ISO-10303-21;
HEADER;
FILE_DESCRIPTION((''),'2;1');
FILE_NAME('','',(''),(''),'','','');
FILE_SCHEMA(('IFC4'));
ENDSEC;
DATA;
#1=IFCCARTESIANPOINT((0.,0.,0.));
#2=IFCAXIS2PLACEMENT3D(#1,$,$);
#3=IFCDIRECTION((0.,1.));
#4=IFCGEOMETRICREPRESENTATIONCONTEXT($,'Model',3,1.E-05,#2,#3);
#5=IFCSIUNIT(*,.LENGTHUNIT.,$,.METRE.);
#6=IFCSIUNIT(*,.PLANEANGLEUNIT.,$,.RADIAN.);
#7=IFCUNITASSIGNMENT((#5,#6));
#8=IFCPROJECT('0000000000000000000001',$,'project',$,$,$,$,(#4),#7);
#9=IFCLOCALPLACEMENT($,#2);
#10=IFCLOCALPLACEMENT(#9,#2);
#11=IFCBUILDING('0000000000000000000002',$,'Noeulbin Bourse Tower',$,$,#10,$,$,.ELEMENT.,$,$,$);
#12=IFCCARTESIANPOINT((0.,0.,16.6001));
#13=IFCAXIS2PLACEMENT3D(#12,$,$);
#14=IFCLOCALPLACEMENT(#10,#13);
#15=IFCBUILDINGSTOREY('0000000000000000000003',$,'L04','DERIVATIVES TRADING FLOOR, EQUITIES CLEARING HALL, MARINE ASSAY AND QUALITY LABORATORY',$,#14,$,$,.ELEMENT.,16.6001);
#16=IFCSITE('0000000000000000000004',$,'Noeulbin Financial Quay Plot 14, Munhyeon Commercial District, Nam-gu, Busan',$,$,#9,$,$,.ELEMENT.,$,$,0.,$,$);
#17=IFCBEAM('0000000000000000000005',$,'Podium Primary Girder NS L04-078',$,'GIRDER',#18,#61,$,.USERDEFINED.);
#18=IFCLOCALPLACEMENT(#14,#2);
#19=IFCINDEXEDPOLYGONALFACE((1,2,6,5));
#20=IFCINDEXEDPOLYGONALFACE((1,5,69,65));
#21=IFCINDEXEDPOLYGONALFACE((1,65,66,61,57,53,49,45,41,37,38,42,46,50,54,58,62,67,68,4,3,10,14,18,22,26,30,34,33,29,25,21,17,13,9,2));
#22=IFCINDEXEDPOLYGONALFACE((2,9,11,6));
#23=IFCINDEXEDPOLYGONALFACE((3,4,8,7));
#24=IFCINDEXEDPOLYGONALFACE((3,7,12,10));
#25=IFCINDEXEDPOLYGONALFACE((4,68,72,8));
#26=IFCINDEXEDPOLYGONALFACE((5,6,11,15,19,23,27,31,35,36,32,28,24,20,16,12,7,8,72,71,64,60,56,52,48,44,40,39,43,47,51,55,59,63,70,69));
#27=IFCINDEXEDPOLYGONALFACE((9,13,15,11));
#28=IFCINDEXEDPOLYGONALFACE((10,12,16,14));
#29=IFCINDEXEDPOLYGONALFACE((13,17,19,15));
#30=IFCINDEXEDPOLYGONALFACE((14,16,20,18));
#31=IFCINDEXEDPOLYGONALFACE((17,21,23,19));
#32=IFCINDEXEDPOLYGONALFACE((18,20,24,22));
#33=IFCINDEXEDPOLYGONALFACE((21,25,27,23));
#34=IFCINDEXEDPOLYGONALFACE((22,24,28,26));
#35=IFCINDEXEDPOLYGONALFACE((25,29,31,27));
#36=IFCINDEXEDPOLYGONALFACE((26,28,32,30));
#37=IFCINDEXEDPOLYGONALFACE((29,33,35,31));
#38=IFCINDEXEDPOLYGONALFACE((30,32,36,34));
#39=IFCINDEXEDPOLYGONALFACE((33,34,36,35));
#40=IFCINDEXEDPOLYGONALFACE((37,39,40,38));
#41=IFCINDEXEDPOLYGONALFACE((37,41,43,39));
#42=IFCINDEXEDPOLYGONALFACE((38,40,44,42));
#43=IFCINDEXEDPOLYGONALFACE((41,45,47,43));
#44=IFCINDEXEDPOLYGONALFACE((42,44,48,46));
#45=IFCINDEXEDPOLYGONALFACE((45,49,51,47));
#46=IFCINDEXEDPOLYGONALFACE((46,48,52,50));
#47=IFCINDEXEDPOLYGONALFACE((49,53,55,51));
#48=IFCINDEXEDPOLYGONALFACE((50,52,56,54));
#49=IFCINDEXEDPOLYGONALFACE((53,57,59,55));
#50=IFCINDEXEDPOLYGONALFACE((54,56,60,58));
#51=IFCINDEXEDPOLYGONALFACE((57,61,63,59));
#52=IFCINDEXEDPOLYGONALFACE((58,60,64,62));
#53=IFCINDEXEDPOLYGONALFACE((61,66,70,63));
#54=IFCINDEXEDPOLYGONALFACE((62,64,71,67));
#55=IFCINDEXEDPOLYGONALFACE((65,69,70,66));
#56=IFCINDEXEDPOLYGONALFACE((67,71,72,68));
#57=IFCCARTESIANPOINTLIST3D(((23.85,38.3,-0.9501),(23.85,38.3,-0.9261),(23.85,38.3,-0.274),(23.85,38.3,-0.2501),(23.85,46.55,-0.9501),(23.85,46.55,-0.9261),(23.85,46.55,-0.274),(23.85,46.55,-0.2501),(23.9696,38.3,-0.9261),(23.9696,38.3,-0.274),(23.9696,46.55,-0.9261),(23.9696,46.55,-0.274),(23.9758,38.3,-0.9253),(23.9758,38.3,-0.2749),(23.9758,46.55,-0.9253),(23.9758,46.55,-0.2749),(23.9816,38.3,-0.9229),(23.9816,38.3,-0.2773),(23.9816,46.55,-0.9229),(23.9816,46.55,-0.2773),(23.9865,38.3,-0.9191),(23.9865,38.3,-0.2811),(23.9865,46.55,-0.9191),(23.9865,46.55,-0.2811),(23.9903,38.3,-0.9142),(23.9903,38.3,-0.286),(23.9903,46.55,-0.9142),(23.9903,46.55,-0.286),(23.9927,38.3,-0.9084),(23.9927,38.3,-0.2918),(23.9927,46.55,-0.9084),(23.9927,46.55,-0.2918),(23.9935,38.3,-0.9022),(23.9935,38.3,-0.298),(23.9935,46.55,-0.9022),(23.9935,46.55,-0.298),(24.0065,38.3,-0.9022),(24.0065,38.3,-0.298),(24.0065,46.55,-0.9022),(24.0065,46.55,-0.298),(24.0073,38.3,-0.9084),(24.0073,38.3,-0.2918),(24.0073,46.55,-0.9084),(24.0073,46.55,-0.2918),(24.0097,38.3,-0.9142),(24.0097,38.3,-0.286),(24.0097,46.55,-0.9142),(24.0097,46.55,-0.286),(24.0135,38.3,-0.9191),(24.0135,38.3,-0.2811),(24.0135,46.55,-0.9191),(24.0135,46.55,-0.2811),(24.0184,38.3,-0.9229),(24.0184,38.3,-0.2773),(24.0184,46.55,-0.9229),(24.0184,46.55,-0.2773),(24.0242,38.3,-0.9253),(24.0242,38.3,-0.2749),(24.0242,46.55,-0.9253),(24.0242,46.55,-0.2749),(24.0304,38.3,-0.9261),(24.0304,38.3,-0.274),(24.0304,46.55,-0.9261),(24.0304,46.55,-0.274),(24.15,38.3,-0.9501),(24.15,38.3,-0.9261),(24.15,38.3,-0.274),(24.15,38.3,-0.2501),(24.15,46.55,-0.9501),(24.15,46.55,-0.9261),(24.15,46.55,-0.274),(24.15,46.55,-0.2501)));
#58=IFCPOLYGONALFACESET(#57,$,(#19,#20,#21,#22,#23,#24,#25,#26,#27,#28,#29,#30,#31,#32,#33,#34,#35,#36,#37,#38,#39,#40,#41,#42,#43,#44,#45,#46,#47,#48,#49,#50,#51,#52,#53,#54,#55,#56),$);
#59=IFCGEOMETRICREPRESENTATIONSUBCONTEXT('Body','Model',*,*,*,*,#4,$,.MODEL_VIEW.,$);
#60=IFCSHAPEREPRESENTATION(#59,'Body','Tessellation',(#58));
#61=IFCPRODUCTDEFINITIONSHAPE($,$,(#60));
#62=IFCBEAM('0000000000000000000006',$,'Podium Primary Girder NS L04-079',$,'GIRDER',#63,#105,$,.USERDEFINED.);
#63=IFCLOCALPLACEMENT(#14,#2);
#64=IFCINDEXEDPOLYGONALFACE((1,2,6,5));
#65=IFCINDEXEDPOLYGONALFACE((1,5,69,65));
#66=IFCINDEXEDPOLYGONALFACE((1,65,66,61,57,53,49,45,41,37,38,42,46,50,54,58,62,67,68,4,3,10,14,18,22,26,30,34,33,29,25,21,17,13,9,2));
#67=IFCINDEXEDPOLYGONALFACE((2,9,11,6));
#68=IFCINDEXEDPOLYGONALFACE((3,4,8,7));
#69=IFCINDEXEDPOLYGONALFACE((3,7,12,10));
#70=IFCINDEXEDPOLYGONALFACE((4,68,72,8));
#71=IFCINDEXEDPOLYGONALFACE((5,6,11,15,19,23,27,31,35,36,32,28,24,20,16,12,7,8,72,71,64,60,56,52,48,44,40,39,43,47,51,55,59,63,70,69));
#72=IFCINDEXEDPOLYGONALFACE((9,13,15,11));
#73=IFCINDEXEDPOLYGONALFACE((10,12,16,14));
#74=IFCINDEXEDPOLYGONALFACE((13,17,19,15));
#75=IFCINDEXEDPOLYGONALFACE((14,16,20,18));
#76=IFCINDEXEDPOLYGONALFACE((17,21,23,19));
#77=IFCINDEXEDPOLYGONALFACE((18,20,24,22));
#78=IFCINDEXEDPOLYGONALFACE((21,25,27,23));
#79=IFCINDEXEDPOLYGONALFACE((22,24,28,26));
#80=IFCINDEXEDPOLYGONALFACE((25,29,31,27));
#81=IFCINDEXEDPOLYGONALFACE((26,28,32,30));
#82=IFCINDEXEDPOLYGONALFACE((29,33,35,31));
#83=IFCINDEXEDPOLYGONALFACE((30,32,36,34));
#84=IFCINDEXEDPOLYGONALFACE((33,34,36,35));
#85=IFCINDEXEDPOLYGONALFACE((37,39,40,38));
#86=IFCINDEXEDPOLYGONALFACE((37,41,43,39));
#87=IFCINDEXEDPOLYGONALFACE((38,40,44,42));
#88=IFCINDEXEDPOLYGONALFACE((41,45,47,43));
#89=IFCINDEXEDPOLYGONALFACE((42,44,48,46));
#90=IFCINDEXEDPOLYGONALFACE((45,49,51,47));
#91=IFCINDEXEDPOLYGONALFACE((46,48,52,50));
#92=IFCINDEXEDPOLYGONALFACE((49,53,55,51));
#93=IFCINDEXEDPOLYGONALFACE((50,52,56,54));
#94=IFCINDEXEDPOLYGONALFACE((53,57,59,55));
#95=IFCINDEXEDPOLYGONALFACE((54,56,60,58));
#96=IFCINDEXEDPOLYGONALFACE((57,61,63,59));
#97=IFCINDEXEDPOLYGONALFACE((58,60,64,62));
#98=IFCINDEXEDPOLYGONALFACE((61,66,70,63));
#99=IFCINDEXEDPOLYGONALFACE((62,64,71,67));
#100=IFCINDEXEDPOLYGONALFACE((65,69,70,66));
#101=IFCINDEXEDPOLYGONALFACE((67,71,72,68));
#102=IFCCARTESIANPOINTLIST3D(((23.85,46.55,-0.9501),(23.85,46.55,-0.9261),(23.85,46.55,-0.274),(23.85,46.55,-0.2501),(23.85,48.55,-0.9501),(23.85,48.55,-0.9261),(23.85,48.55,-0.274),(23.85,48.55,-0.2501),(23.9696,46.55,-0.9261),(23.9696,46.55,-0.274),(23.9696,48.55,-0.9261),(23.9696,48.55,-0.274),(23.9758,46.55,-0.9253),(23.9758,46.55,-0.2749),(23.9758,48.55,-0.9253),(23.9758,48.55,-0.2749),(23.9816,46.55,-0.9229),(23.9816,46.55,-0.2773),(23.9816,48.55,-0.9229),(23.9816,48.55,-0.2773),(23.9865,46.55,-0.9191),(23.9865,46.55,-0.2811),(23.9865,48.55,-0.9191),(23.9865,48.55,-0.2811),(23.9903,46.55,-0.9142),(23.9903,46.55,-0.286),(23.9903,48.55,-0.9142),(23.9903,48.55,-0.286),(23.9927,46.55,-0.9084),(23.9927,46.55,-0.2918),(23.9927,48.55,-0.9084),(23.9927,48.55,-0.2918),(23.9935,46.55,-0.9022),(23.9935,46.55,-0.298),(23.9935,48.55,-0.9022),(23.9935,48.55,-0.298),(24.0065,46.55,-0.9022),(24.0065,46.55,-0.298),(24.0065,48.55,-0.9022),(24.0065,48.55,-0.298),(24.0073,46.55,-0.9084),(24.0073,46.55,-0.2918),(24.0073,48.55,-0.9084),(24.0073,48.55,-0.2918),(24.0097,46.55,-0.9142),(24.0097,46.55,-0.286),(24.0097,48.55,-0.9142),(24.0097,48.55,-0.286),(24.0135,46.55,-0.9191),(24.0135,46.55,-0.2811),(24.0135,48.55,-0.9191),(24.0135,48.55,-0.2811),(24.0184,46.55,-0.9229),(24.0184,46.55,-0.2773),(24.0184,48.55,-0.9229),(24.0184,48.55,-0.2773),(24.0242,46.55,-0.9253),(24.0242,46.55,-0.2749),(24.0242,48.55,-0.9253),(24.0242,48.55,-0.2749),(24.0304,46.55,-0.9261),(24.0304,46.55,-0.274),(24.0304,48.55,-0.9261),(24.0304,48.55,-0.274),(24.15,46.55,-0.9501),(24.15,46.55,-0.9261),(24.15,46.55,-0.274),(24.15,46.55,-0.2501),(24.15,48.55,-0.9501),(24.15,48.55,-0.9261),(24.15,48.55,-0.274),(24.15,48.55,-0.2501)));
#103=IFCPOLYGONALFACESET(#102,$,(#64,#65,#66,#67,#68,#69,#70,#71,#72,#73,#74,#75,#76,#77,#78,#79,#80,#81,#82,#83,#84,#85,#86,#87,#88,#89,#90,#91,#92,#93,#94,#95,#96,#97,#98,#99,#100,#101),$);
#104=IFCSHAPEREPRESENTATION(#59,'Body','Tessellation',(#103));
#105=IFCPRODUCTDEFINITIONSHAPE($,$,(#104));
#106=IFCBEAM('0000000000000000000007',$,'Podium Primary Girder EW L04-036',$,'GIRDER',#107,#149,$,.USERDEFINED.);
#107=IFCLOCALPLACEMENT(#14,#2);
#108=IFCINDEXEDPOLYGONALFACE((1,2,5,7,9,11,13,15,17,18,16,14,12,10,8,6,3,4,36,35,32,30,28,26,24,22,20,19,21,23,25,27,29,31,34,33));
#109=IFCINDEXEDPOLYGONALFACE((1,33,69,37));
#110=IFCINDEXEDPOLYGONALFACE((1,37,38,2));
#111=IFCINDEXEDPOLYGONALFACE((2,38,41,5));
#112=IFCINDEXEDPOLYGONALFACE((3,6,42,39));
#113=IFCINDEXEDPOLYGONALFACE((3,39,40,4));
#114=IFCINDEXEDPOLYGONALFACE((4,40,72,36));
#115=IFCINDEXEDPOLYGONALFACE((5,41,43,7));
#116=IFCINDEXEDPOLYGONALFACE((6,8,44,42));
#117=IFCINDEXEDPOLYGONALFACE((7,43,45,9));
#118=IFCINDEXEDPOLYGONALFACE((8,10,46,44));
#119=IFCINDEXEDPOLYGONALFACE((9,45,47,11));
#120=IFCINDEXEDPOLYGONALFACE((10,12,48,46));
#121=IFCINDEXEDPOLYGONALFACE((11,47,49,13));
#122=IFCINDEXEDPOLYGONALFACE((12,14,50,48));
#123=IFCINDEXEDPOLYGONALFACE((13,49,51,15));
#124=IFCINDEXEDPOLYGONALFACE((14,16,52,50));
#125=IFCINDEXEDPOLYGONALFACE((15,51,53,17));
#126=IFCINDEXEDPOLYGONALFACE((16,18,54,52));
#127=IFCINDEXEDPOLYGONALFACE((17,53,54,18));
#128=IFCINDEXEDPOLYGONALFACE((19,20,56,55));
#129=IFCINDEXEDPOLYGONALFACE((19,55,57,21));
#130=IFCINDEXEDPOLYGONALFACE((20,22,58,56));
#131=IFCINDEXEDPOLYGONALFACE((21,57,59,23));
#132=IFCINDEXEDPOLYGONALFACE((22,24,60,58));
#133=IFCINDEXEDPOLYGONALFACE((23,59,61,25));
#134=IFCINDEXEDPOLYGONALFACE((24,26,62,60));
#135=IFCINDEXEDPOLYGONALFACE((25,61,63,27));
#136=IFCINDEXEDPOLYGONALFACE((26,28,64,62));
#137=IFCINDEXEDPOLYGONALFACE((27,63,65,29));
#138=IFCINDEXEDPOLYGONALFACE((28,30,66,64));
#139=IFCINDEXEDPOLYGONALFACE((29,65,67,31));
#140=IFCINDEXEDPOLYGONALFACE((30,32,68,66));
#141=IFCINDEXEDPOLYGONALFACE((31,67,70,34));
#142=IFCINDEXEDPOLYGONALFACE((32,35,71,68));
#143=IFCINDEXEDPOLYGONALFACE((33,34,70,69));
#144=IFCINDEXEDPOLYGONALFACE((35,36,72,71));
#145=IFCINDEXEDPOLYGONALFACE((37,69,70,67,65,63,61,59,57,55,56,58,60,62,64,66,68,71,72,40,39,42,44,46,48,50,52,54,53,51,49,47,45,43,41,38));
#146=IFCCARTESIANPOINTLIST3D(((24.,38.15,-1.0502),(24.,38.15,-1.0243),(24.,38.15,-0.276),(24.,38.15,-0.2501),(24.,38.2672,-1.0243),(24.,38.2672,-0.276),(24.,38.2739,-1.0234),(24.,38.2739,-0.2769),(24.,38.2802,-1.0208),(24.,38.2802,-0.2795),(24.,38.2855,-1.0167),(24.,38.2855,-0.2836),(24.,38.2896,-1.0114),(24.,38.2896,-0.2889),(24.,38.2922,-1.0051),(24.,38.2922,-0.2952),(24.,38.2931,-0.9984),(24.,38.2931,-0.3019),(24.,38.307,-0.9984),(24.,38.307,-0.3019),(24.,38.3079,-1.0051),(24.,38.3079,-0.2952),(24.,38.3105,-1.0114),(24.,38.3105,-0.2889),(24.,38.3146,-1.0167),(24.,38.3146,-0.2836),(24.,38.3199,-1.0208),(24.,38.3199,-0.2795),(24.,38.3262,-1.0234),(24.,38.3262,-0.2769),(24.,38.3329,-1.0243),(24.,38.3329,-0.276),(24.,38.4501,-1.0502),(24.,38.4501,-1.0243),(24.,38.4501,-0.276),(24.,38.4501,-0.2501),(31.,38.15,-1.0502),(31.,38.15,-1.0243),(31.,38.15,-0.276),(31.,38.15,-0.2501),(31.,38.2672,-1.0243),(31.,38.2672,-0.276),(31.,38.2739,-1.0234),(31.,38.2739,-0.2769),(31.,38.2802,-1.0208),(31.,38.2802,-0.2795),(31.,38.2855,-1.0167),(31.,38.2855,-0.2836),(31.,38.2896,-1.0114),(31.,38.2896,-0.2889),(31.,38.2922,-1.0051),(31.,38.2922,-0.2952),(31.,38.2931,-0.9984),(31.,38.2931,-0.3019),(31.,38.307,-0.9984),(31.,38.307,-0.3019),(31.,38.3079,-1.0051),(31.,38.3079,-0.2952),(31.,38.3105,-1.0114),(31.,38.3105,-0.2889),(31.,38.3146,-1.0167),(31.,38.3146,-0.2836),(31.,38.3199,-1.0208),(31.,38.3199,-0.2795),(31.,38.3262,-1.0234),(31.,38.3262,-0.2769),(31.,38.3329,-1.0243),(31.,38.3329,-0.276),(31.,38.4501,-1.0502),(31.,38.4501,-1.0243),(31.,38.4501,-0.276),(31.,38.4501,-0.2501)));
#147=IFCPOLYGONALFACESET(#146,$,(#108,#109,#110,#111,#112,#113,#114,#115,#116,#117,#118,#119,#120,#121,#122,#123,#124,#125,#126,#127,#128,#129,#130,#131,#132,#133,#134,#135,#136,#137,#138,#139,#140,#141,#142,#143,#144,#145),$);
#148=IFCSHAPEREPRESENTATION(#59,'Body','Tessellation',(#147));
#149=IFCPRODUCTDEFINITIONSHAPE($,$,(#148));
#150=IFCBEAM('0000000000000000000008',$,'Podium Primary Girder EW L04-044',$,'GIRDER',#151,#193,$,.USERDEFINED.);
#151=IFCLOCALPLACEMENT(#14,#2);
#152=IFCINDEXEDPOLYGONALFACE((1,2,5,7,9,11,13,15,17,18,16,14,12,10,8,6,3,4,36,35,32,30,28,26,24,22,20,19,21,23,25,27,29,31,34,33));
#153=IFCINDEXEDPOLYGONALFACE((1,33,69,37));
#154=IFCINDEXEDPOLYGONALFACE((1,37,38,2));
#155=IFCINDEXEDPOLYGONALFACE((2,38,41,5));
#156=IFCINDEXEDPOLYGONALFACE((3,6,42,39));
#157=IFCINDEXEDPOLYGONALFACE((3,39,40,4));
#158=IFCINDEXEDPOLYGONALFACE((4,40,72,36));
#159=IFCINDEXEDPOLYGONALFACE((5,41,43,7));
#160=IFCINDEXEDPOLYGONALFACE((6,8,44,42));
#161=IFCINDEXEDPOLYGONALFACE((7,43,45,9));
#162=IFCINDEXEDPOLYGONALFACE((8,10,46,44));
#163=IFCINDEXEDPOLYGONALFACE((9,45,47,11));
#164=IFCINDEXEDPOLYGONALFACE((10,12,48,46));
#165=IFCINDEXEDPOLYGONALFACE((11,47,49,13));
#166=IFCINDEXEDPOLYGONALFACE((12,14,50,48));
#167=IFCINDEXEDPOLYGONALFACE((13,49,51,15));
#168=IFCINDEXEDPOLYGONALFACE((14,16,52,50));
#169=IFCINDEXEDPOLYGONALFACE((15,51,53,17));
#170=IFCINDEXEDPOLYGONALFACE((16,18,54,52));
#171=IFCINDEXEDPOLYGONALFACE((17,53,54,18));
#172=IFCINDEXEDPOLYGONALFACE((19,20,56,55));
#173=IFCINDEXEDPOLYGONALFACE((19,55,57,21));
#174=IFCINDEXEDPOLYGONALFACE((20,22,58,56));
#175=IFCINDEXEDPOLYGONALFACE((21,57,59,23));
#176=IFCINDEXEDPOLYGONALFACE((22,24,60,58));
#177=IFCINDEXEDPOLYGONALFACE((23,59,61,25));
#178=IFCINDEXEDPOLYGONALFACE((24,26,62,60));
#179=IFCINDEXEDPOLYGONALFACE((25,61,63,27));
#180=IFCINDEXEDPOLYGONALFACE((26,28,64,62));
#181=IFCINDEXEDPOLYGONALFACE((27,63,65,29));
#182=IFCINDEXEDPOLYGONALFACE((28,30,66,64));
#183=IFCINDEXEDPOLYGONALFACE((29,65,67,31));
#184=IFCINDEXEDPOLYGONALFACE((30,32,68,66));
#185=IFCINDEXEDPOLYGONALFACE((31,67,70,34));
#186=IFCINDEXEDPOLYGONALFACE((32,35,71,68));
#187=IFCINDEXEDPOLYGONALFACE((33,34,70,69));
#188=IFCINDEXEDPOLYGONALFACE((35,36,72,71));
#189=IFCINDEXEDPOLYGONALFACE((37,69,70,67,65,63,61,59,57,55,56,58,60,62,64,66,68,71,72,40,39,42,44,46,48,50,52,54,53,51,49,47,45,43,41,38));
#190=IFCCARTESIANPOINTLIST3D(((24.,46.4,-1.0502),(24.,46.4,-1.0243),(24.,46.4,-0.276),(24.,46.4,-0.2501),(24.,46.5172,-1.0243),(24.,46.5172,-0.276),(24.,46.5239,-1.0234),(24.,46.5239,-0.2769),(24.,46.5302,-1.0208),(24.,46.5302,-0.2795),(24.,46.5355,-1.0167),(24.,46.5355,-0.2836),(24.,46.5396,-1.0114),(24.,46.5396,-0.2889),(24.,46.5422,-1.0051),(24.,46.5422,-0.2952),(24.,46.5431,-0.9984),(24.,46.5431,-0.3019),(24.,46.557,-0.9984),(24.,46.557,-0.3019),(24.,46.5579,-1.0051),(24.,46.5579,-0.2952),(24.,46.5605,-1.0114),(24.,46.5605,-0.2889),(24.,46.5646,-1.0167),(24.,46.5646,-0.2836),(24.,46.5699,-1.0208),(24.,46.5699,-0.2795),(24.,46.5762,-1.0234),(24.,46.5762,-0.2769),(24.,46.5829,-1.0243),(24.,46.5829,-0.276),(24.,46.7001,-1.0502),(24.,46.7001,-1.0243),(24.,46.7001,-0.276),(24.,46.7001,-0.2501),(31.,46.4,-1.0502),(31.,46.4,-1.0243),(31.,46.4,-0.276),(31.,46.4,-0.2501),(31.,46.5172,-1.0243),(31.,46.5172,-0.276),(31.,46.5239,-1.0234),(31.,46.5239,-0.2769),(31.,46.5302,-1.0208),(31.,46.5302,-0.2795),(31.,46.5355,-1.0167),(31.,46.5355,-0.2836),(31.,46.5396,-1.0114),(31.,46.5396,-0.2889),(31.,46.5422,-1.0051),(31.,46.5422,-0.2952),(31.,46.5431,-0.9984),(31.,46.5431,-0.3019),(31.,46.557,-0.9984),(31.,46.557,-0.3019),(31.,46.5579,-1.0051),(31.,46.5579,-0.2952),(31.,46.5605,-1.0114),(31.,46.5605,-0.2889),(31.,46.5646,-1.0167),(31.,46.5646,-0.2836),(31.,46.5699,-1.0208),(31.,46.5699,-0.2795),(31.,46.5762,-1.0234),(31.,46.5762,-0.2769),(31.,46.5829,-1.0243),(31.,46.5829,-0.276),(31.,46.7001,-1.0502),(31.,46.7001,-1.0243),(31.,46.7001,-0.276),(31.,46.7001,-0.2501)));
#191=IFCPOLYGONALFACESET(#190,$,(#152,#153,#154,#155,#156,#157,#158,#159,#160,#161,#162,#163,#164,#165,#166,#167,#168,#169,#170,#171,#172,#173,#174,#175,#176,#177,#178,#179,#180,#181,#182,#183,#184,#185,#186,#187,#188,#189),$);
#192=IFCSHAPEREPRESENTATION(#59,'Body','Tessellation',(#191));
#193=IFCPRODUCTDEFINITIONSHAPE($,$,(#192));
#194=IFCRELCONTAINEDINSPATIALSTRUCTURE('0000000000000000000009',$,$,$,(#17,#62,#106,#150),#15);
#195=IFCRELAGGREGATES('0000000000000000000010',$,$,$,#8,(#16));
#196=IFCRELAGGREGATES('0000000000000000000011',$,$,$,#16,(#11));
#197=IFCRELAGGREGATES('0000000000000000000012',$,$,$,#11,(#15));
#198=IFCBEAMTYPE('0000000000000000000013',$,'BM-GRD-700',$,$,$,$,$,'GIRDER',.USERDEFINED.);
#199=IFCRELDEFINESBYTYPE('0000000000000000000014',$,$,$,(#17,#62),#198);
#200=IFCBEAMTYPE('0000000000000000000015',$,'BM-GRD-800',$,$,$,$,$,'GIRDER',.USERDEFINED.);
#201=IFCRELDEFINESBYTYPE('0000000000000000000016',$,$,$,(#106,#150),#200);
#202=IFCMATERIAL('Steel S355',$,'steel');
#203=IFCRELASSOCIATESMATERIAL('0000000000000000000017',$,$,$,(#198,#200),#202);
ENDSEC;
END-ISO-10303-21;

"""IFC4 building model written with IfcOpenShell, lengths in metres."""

from ifc_helpers import new_model, si_unit, direction, frame, origin, origin_2d, place, context, subcontext, project, spatial, i_section, extrude, material, material_profile, profile_set, type_object, element, save


model = new_model("IFC4")

# Units and contexts
model_context = context("Model", 3, precision=1e-05, world=origin(), true_north=direction((0.0, 1.0)))
body_context = subcontext(model_context, "Body", "Model", "MODEL_VIEW")
ifc_project = project(units=[si_unit("LENGTHUNIT", "METRE"), si_unit("PLANEANGLEUNIT", "RADIAN")], contexts=[model_context])

# Site, building, storey
site_placement = place(None, origin())
site = spatial("IfcSite", under=ifc_project, at=site_placement, Name="Noeulbin Financial Quay Plot 14, Munhyeon Commercial District, Nam-gu, Busan", CompositionType="ELEMENT", RefElevation=0.0)
building_placement = place(site_placement, origin())
building = spatial("IfcBuilding", under=site, at=building_placement, Name="Noeulbin Bourse Tower", CompositionType="ELEMENT")
storey_placement = place(building_placement, frame((0.0, 0.0, 16.6001)))
storey = spatial("IfcBuildingStorey", under=building, at=storey_placement, Name="L04", Description="DERIVATIVES TRADING FLOOR, EQUITIES CLEARING HALL, MARINE ASSAY AND QUALITY LABORATORY", CompositionType="ELEMENT", Elevation=16.6001)

# Beams
ifc_material_1 = material(Name="Steel S355", Category="steel")
ifc_material_profile_1 = material_profile(ifc_material_1, i_section(OverallWidth=0.3, OverallDepth=0.7, WebThickness=0.0129, FlangeThickness=0.0239, FilletRadius=0.0239, at=origin_2d()), Name="H-700x300x13x24", Category="LoadBearing")
ifc_profile_set_1 = profile_set([ifc_material_profile_1], Name="Steel S355")
beam_type_1 = type_object("IfcBeamType", Name="BM-GRD-700", ElementType="GIRDER", PredefinedType="USERDEFINED", material=ifc_profile_set_1)
beam_1_placement = place(storey_placement, frame((24.0, 38.3, -0.6001), z_axis=(0.0, 1.0, 0.0), x_axis=(-1.0, 0.0, 0.0)))
element("IfcBeam", 1, at=beam_1_placement, inside=storey, type_object=beam_type_1, Name="Podium Primary Girder NS L04-078", ObjectType="GIRDER", PredefinedType="USERDEFINED", context=body_context, shape_type="SweptSolid", body=[
    extrude(i_section(OverallWidth=0.3, OverallDepth=0.7, WebThickness=0.0129, FlangeThickness=0.0239, FilletRadius=0.0239, at=origin_2d()), origin(), (0.0, 0.0, 1.0), 8.25),
])
beam_2_placement = place(storey_placement, frame((24.0, 46.55, -0.6001), z_axis=(0.0, 1.0, 0.0), x_axis=(-1.0, 0.0, 0.0)))
element("IfcBeam", 2, at=beam_2_placement, inside=storey, type_object=beam_type_1, Name="Podium Primary Girder NS L04-079", ObjectType="GIRDER", PredefinedType="USERDEFINED", context=body_context, shape_type="SweptSolid", body=[
    extrude(i_section(OverallWidth=0.3, OverallDepth=0.7, WebThickness=0.0129, FlangeThickness=0.0239, FilletRadius=0.0239, at=origin_2d()), origin(), (0.0, 0.0, 1.0), 2.0),
])
ifc_material_profile_2 = material_profile(ifc_material_1, i_section(OverallWidth=0.3, OverallDepth=0.8, WebThickness=0.0139, FlangeThickness=0.0259, FilletRadius=0.0259, at=origin_2d()), Name="H-800x300x14x26", Category="LoadBearing")
ifc_profile_set_2 = profile_set([ifc_material_profile_2], Name="Steel S355")
beam_type_2 = type_object("IfcBeamType", Name="BM-GRD-800", ElementType="GIRDER", PredefinedType="USERDEFINED", material=ifc_profile_set_2)
for number, where, z_axis, x_axis, name in (
    (3, (24.0, 38.3, -0.6501), (1.0, 0.0, 0.0), (0.0, 1.0, 0.0), "Podium Primary Girder EW L04-036"),
    (4, (24.0, 46.55, -0.6501), (1.0, 0.0, 0.0), (0.0, 1.0, 0.0), "Podium Primary Girder EW L04-044"),
):
    element("IfcBeam", number, at=place(storey_placement, frame(where, z_axis=z_axis, x_axis=x_axis)), inside=storey, type_object=beam_type_2, Name=name, ObjectType="GIRDER", PredefinedType="USERDEFINED", context=body_context, shape_type="SweptSolid", body=[
        extrude(i_section(OverallWidth=0.3, OverallDepth=0.8, WebThickness=0.0139, FlangeThickness=0.0259, FilletRadius=0.0259, at=origin_2d()), origin(), (0.0, 0.0, 1.0), 7.0),
    ])

save(model, "model.ifc")
